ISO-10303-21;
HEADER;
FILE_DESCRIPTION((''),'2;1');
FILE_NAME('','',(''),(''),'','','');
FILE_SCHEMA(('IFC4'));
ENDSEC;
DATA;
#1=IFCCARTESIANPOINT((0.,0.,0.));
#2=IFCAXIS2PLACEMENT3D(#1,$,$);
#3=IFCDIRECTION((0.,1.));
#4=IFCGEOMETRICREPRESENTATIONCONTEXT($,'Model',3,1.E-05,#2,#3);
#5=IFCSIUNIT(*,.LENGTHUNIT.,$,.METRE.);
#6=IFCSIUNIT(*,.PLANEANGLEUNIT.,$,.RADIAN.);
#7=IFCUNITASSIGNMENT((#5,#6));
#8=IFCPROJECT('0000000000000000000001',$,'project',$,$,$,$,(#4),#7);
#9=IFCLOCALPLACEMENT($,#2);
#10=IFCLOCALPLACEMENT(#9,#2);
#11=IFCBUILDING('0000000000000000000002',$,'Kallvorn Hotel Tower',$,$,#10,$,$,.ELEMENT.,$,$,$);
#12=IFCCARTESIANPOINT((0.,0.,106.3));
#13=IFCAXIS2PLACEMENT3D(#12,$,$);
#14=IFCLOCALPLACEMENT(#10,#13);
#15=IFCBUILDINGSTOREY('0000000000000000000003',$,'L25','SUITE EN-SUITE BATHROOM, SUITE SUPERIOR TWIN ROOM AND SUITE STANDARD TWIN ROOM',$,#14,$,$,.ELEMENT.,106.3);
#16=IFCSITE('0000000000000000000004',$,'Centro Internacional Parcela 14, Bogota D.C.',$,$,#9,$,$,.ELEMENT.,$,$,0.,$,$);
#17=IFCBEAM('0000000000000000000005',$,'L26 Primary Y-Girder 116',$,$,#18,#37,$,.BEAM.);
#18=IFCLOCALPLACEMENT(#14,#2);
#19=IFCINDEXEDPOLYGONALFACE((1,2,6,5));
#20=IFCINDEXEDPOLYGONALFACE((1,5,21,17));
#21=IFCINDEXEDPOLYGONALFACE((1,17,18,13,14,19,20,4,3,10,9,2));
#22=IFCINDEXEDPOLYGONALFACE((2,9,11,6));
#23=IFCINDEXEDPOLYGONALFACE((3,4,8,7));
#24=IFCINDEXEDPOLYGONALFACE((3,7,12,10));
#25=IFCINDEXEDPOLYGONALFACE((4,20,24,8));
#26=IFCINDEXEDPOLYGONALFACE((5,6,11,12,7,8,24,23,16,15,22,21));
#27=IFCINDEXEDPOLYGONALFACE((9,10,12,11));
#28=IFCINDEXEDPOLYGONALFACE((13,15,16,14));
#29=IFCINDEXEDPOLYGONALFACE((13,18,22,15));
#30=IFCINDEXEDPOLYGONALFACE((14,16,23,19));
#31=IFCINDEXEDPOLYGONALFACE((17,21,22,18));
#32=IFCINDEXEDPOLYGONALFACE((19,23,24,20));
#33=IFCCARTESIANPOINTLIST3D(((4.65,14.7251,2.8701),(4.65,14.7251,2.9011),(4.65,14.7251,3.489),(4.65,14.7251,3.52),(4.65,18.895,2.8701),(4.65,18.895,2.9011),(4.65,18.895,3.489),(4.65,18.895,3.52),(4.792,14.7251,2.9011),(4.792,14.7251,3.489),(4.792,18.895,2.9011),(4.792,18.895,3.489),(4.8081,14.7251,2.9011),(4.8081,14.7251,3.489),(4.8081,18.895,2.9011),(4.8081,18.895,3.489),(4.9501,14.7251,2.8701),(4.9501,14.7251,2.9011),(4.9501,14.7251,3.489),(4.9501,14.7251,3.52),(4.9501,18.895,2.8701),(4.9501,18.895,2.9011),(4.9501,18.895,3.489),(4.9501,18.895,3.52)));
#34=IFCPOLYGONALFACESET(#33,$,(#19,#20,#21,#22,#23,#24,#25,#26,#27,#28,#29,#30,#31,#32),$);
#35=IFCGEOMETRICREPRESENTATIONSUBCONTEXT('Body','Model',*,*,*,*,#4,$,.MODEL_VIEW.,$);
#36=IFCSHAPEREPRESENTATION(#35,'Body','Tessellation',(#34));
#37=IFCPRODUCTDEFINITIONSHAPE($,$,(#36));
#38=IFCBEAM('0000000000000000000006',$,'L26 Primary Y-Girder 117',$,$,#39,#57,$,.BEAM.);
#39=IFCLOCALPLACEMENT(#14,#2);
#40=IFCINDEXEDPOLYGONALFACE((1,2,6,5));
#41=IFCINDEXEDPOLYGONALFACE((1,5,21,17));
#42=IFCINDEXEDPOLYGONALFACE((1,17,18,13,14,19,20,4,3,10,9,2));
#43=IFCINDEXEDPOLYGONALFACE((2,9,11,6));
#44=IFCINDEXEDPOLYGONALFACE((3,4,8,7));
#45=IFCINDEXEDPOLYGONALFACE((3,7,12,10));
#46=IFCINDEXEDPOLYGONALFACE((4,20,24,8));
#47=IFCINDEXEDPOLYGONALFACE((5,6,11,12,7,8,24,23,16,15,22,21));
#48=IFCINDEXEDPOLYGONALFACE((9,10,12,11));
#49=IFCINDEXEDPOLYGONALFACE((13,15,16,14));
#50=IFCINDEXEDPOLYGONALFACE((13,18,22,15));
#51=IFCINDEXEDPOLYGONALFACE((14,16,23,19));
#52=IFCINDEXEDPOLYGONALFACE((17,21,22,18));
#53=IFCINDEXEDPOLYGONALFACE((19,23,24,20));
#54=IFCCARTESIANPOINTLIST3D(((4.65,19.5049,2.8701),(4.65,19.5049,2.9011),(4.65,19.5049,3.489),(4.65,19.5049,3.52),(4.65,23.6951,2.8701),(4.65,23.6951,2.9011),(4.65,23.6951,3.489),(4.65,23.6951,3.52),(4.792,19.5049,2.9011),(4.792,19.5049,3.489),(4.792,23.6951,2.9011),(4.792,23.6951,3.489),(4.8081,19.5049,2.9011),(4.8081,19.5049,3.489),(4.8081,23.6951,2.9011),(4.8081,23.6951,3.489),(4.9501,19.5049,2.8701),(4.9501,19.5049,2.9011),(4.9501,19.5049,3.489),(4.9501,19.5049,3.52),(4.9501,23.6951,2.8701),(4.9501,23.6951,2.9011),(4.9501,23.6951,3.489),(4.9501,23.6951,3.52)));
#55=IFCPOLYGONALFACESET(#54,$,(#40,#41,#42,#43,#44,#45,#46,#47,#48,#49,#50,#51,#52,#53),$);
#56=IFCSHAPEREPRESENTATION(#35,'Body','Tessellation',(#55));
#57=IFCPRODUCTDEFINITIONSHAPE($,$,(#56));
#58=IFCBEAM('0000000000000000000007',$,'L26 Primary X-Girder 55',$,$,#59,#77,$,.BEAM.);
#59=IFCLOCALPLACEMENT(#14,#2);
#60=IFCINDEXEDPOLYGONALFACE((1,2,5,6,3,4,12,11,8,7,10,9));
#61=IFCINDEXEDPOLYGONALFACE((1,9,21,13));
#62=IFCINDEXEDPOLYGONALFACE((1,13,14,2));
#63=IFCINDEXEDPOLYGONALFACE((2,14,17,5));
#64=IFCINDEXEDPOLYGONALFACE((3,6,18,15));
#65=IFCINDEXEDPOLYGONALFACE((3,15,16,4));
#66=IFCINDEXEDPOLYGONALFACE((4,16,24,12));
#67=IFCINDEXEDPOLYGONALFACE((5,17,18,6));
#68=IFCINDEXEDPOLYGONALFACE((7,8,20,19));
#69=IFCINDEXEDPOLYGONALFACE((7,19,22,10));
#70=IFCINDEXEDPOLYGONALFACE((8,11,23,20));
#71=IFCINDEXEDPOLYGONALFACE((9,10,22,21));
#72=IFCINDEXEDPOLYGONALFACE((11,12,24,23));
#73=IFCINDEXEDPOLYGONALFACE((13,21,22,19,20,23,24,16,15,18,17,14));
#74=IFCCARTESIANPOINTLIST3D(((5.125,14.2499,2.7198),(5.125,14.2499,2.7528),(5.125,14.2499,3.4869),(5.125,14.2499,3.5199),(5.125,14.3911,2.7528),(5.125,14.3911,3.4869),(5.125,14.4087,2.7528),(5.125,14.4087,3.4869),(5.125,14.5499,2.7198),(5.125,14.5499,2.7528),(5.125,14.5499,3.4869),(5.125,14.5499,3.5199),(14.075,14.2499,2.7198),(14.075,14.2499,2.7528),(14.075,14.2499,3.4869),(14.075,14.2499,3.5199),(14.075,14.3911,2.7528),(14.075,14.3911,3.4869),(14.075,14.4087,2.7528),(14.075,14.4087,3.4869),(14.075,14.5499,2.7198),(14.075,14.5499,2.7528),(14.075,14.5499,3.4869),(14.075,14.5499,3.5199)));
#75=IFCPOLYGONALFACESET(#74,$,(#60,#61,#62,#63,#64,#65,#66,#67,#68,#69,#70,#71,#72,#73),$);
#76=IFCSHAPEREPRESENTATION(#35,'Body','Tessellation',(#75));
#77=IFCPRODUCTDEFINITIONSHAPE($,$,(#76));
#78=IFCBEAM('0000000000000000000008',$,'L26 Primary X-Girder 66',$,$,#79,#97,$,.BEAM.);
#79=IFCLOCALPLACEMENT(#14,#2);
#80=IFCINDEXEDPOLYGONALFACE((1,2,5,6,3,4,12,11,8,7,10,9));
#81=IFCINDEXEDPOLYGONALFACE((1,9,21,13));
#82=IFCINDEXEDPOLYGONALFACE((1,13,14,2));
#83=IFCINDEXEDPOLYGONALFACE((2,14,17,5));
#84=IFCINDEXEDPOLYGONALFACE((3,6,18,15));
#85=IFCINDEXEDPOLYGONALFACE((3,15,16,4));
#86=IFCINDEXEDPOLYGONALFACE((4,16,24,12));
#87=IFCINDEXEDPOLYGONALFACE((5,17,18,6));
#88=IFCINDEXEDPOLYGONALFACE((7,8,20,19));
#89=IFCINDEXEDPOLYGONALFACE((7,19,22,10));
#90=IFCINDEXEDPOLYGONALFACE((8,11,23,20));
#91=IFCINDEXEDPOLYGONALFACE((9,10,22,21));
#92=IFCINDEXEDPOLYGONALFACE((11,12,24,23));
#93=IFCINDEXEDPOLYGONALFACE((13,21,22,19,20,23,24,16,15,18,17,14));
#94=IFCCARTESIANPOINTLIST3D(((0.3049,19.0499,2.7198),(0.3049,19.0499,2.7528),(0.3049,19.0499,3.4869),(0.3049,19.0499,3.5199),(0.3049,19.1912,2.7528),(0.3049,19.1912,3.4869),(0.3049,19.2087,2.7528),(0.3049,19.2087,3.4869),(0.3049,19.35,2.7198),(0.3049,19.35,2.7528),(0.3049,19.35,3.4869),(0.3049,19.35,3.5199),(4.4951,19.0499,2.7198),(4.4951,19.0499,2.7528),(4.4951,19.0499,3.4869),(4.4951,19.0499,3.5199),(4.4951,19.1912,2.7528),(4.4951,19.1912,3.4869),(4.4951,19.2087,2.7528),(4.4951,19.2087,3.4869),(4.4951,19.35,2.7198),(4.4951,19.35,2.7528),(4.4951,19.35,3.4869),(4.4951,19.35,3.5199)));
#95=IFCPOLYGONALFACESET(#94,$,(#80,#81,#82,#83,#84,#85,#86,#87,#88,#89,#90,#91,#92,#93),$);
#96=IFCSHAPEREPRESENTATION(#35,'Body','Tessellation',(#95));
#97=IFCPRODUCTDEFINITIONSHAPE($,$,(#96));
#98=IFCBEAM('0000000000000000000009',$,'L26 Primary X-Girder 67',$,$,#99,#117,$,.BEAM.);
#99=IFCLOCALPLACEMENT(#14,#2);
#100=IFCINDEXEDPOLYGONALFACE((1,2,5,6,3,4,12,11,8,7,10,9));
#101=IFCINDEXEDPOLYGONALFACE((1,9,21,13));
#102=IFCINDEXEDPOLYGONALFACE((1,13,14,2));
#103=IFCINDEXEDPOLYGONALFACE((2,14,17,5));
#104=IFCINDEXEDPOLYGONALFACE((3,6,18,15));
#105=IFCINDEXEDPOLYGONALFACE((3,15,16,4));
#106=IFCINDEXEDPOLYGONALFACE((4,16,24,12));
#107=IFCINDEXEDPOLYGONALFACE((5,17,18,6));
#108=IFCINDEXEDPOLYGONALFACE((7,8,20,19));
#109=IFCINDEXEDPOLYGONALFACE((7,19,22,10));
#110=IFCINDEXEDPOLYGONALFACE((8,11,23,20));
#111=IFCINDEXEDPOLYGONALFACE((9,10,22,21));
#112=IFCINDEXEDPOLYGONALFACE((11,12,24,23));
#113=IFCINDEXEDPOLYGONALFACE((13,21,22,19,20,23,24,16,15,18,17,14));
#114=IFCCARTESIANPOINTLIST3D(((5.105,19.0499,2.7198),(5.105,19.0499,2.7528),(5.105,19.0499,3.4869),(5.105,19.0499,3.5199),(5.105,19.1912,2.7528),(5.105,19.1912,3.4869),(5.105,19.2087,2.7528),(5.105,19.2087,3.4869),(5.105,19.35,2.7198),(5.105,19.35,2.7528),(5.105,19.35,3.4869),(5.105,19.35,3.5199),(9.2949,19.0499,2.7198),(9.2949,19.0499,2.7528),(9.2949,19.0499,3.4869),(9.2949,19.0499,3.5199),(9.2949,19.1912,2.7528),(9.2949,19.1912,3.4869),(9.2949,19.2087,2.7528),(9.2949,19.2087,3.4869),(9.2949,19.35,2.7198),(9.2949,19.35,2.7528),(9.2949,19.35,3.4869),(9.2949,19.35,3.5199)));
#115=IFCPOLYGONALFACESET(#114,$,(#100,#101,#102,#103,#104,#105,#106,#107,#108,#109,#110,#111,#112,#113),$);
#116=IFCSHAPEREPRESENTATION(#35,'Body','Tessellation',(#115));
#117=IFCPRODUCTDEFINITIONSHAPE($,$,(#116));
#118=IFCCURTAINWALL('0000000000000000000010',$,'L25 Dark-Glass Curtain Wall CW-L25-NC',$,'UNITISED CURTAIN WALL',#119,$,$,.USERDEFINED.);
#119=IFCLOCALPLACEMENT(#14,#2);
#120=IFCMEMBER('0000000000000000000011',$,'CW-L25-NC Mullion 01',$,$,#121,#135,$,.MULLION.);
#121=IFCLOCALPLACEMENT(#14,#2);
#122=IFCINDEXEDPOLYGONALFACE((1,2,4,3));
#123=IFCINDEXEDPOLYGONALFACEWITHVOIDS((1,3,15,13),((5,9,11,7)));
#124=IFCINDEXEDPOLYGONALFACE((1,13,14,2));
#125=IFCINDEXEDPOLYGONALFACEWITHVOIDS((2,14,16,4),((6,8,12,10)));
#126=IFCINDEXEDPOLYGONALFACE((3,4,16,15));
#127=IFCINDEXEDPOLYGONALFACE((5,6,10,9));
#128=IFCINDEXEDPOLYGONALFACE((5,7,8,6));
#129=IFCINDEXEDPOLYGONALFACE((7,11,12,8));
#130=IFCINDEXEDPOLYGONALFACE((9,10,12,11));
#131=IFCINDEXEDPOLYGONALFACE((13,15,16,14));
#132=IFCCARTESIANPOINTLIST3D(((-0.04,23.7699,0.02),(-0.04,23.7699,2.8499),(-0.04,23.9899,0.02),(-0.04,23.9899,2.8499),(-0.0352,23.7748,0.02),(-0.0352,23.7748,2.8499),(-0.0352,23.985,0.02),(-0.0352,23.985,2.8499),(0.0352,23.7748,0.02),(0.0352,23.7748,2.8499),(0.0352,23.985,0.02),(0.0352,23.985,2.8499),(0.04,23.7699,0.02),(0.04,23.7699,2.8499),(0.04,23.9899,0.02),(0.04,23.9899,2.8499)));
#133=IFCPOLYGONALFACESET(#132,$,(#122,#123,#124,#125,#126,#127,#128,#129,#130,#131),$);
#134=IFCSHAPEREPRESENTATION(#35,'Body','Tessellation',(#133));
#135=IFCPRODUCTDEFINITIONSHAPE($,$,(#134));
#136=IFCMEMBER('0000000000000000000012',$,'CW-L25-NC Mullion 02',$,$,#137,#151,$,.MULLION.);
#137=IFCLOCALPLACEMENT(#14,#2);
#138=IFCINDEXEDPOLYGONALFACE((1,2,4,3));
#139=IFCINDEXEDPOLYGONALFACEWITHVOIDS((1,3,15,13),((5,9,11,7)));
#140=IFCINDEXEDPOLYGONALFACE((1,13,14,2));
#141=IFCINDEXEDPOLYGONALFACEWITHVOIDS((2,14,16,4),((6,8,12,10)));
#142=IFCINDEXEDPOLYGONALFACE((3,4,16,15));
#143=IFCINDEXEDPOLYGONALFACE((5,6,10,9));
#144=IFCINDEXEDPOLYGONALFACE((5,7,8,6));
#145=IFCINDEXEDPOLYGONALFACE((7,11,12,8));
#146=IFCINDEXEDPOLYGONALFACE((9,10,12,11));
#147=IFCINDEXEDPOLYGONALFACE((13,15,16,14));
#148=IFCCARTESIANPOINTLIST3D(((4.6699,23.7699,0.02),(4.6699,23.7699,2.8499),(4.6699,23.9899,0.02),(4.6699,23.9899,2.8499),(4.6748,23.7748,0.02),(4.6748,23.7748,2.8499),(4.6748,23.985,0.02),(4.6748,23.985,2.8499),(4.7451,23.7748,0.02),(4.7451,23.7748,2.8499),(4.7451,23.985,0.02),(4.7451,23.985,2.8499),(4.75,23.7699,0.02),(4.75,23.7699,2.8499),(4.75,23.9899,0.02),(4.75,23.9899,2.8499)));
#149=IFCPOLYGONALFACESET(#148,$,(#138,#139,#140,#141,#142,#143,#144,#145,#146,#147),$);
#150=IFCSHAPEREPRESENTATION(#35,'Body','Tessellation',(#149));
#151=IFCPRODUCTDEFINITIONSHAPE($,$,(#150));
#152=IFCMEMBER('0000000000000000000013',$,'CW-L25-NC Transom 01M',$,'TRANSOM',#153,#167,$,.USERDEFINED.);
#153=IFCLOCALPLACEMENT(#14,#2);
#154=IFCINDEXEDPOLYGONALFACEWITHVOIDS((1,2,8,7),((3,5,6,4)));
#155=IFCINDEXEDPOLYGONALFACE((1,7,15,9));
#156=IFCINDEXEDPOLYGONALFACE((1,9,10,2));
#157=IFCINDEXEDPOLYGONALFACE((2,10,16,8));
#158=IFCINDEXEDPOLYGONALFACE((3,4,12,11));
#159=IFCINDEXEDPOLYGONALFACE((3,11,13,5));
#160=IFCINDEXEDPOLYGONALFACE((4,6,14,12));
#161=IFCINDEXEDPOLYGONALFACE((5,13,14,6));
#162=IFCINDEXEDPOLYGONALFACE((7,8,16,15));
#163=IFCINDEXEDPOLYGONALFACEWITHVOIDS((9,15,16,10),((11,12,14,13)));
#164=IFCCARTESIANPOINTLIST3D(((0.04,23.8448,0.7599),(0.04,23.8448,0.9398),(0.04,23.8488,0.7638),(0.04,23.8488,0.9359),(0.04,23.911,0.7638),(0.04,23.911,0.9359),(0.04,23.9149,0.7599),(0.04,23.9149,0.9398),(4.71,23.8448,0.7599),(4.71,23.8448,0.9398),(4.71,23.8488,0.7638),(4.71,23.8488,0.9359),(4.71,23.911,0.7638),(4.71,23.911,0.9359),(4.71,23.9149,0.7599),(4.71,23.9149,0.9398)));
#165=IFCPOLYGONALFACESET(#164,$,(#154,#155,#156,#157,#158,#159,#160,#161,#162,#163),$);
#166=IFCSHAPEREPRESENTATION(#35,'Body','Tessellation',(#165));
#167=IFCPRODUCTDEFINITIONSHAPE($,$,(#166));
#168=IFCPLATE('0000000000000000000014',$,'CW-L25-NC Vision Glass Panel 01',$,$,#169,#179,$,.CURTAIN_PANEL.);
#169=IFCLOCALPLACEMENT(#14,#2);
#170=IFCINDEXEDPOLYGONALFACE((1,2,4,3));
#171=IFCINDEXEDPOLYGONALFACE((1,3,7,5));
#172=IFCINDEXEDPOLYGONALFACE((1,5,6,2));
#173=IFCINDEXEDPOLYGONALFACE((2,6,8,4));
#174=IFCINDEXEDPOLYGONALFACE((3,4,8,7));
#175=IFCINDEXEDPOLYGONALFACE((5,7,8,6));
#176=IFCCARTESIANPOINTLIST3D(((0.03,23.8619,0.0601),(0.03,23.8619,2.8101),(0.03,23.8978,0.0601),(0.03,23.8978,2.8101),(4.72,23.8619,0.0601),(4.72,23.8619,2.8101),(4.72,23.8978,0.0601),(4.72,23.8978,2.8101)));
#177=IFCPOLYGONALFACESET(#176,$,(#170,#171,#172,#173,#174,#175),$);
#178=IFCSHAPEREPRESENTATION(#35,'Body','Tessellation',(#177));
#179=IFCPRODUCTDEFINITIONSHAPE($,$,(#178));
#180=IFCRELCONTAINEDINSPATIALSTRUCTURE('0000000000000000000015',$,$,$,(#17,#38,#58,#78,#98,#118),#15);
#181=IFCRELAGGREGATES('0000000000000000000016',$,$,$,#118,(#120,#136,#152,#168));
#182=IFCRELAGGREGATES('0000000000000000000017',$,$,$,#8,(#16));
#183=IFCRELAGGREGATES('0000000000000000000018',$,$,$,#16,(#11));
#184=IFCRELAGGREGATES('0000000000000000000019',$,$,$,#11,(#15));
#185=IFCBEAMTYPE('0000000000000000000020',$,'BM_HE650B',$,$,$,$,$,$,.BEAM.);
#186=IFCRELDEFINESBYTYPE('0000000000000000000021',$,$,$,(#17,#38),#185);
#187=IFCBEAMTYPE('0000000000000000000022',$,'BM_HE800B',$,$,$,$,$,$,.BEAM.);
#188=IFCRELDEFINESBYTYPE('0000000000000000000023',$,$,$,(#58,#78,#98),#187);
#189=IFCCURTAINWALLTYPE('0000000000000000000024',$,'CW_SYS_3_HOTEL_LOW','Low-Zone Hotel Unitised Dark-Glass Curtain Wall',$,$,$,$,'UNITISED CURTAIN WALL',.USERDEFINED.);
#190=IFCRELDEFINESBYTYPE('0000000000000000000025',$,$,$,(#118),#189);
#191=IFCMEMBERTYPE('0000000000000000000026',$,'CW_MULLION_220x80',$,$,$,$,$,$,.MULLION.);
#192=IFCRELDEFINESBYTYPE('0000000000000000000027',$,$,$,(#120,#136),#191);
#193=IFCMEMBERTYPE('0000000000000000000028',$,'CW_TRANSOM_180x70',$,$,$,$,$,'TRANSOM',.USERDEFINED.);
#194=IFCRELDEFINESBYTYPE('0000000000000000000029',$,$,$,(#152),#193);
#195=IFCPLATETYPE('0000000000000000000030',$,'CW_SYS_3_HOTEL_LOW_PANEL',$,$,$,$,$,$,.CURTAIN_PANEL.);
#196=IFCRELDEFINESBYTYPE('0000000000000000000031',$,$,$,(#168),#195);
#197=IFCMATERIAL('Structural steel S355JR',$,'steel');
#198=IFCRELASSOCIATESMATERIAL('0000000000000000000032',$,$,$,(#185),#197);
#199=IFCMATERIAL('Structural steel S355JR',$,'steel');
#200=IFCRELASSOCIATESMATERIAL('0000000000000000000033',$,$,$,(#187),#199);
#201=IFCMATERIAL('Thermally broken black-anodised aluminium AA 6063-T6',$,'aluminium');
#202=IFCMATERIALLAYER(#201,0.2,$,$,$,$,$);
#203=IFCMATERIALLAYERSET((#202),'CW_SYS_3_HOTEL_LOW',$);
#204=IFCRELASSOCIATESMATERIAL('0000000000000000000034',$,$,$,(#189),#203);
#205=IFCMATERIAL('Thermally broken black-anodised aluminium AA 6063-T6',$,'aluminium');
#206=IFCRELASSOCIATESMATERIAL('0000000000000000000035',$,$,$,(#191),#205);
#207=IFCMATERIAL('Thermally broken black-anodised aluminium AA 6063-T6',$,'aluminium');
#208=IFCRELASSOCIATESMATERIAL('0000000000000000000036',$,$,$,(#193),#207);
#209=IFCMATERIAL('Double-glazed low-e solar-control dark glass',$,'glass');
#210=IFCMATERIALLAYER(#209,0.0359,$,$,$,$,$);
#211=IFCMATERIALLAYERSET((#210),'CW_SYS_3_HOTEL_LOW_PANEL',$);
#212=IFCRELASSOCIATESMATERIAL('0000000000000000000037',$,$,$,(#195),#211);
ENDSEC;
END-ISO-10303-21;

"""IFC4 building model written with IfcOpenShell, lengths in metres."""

from ifc_helpers import new_model, si_unit, direction, frame, origin, origin_2d, place, context, subcontext, project, spatial, rectangle, hollow_rectangle, i_section, extrude, material, layer, layer_set, material_profile, profile_set, type_object, element, aggregate, save


model = new_model("IFC4")

# Units and contexts
model_context = context("Model", 3, precision=1e-05, world=origin(), true_north=direction((0.0, 1.0)))
body_context = subcontext(model_context, "Body", "Model", "MODEL_VIEW")
ifc_project = project(units=[si_unit("LENGTHUNIT", "METRE"), si_unit("PLANEANGLEUNIT", "RADIAN")], contexts=[model_context])

# Site, building, storey
site_placement = place(None, origin())
site = spatial("IfcSite", under=ifc_project, at=site_placement, Name="Centro Internacional Parcela 14, Bogota D.C.", CompositionType="ELEMENT", RefElevation=0.0)
building_placement = place(site_placement, origin())
building = spatial("IfcBuilding", under=site, at=building_placement, Name="Kallvorn Hotel Tower", CompositionType="ELEMENT")
storey_placement = place(building_placement, frame((0.0, 0.0, 106.3)))
storey = spatial("IfcBuildingStorey", under=building, at=storey_placement, Name="L25", Description="SUITE EN-SUITE BATHROOM, SUITE SUPERIOR TWIN ROOM AND SUITE STANDARD TWIN ROOM", CompositionType="ELEMENT", Elevation=106.3)

# Beams
ifc_material_1 = material(Name="Structural steel S355JR", Category="steel")
ifc_material_profile_1 = material_profile(ifc_material_1, i_section(OverallWidth=0.3, OverallDepth=0.6499, WebThickness=0.0161, FlangeThickness=0.031, at=origin_2d()), Name="HE 650 B")
ifc_profile_set_1 = profile_set([ifc_material_profile_1], Name="Structural steel S355JR")
beam_type_1 = type_object("IfcBeamType", Name="BM_HE650B", PredefinedType="BEAM", material=ifc_profile_set_1)
beam_1_placement = place(storey_placement, frame((4.8, 14.7251, 3.1951), z_axis=(0.0, 1.0, 0.0), x_axis=(-1.0, 0.0, 0.0)))
element("IfcBeam", 1, at=beam_1_placement, inside=storey, type_object=beam_type_1, Name="L26 Primary Y-Girder 116", PredefinedType="BEAM", context=body_context, shape_type="SweptSolid", body=[
    extrude(i_section(OverallWidth=0.3, OverallDepth=0.6499, WebThickness=0.0161, FlangeThickness=0.031, at=origin_2d()), origin(), (0.0, 0.0, 1.0), 4.1699),
])
beam_2_placement = place(storey_placement, frame((4.8, 19.5049, 3.1951), z_axis=(0.0, 1.0, 0.0), x_axis=(-1.0, 0.0, 0.0)))
element("IfcBeam", 2, at=beam_2_placement, inside=storey, type_object=beam_type_1, Name="L26 Primary Y-Girder 117", PredefinedType="BEAM", context=body_context, shape_type="SweptSolid", body=[
    extrude(i_section(OverallWidth=0.3, OverallDepth=0.6499, WebThickness=0.0161, FlangeThickness=0.031, at=origin_2d()), origin(), (0.0, 0.0, 1.0), 4.1902),
])
ifc_material_2 = material(Name="Structural steel S355JR", Category="steel")
ifc_material_profile_2 = material_profile(ifc_material_2, i_section(OverallWidth=0.3, OverallDepth=0.8, WebThickness=0.0176, FlangeThickness=0.033, at=origin_2d()), Name="HE 800 B")
ifc_profile_set_2 = profile_set([ifc_material_profile_2], Name="Structural steel S355JR")
beam_type_2 = type_object("IfcBeamType", Name="BM_HE800B", PredefinedType="BEAM", material=ifc_profile_set_2)
beam_3_placement = place(storey_placement, frame((5.125, 14.3999, 3.1199), z_axis=(1.0, 0.0, 0.0), x_axis=(0.0, 1.0, 0.0)))
element("IfcBeam", 3, at=beam_3_placement, inside=storey, type_object=beam_type_2, Name="L26 Primary X-Girder 55", PredefinedType="BEAM", context=body_context, shape_type="SweptSolid", body=[
    extrude(i_section(OverallWidth=0.3, OverallDepth=0.8, WebThickness=0.0176, FlangeThickness=0.033, at=origin_2d()), origin(), (0.0, 0.0, 1.0), 8.95),
])
beam_4_placement = place(storey_placement, frame((0.3049, 19.2, 3.1199), z_axis=(1.0, 0.0, 0.0), x_axis=(0.0, 1.0, 0.0)))
element("IfcBeam", 4, at=beam_4_placement, inside=storey, type_object=beam_type_2, Name="L26 Primary X-Girder 66", PredefinedType="BEAM", context=body_context, shape_type="SweptSolid", body=[
    extrude(i_section(OverallWidth=0.3, OverallDepth=0.8, WebThickness=0.0176, FlangeThickness=0.033, at=origin_2d()), origin(), (0.0, 0.0, 1.0), 4.1902),
])
beam_5_placement = place(storey_placement, frame((5.105, 19.2, 3.1199), z_axis=(1.0, 0.0, 0.0), x_axis=(0.0, 1.0, 0.0)))
element("IfcBeam", 5, at=beam_5_placement, inside=storey, type_object=beam_type_2, Name="L26 Primary X-Girder 67", PredefinedType="BEAM", context=body_context, shape_type="SweptSolid", body=[
    extrude(i_section(OverallWidth=0.3, OverallDepth=0.8, WebThickness=0.0176, FlangeThickness=0.033, at=origin_2d()), origin(), (0.0, 0.0, 1.0), 4.1899),
])

# Curtain wall, members, plate
ifc_material_3 = material(Name="Thermally broken black-anodised aluminium AA 6063-T6", Category="aluminium")
ifc_layer_1 = layer(ifc_material_3, 0.2)
ifc_layer_set_1 = layer_set([ifc_layer_1], Name="CW_SYS_3_HOTEL_LOW")
curtain_wall_type = type_object("IfcCurtainWallType", Name="CW_SYS_3_HOTEL_LOW", Description="Low-Zone Hotel Unitised Dark-Glass Curtain Wall", ElementType="UNITISED CURTAIN WALL", PredefinedType="USERDEFINED", material=ifc_layer_set_1)
curtain_wall_placement = place(storey_placement, origin())
curtain_wall = element("IfcCurtainWall", 6, at=curtain_wall_placement, inside=storey, type_object=curtain_wall_type, Name="L25 Dark-Glass Curtain Wall CW-L25-NC", ObjectType="UNITISED CURTAIN WALL", PredefinedType="USERDEFINED")
ifc_material_4 = material(Name="Thermally broken black-anodised aluminium AA 6063-T6", Category="aluminium")
ifc_material_profile_3 = material_profile(ifc_material_4, hollow_rectangle(XDim=0.0801, YDim=0.22, WallThickness=0.0049, at=origin_2d()), Name="MUL 220x80")
ifc_profile_set_3 = profile_set([ifc_material_profile_3], Name="Thermally broken black-anodised aluminium AA 6063-T6")
member_type_1 = type_object("IfcMemberType", Name="CW_MULLION_220x80", PredefinedType="MULLION", material=ifc_profile_set_3)
member_1_placement = place(storey_placement, frame((0.0, 23.8799, 0.02), z_axis=(0.0, 0.0, 1.0), x_axis=(1.0, 0.0, 0.0)))
member_1 = element("IfcMember", 7, at=member_1_placement, type_object=member_type_1, Name="CW-L25-NC Mullion 01", PredefinedType="MULLION", context=body_context, shape_type="SweptSolid", body=[
    extrude(hollow_rectangle(XDim=0.0801, YDim=0.22, WallThickness=0.0049, at=origin_2d()), origin(), (0.0, 0.0, 1.0), 2.8298),
])
member_2_placement = place(storey_placement, frame((4.71, 23.8799, 0.02), z_axis=(0.0, 0.0, 1.0), x_axis=(1.0, 0.0, 0.0)))
member_2 = element("IfcMember", 8, at=member_2_placement, type_object=member_type_1, Name="CW-L25-NC Mullion 02", PredefinedType="MULLION", context=body_context, shape_type="SweptSolid", body=[
    extrude(hollow_rectangle(XDim=0.0801, YDim=0.22, WallThickness=0.0049, at=origin_2d()), origin(), (0.0, 0.0, 1.0), 2.8298),
])
ifc_material_5 = material(Name="Thermally broken black-anodised aluminium AA 6063-T6", Category="aluminium")
ifc_material_profile_4 = material_profile(ifc_material_5, hollow_rectangle(XDim=0.0701, YDim=0.1799, WallThickness=0.0039, at=origin_2d()), Name="TRN 180x70")
ifc_profile_set_4 = profile_set([ifc_material_profile_4], Name="Thermally broken black-anodised aluminium AA 6063-T6")
member_type_2 = type_object("IfcMemberType", Name="CW_TRANSOM_180x70", ElementType="TRANSOM", PredefinedType="USERDEFINED", material=ifc_profile_set_4)
member_3_placement = place(storey_placement, frame((0.04, 23.8799, 0.8499), z_axis=(1.0, 0.0, 0.0), x_axis=(0.0, 1.0, 0.0)))
member_3 = element("IfcMember", 9, at=member_3_placement, type_object=member_type_2, Name="CW-L25-NC Transom 01M", ObjectType="TRANSOM", PredefinedType="USERDEFINED", context=body_context, shape_type="SweptSolid", body=[
    extrude(hollow_rectangle(XDim=0.0701, YDim=0.1799, WallThickness=0.0039, at=origin_2d()), origin(), (0.0, 0.0, 1.0), 4.6699),
])
ifc_material_6 = material(Name="Double-glazed low-e solar-control dark glass", Category="glass")
ifc_layer_2 = layer(ifc_material_6, 0.0359)
ifc_layer_set_2 = layer_set([ifc_layer_2], Name="CW_SYS_3_HOTEL_LOW_PANEL")
plate_type = type_object("IfcPlateType", Name="CW_SYS_3_HOTEL_LOW_PANEL", PredefinedType="CURTAIN_PANEL", material=ifc_layer_set_2)
plate_placement = place(storey_placement, frame((2.375, 23.8799, 0.0601), z_axis=(0.0, 0.0, 1.0), x_axis=(1.0, 0.0, 0.0)))
plate = element("IfcPlate", 10, at=plate_placement, type_object=plate_type, Name="CW-L25-NC Vision Glass Panel 01", PredefinedType="CURTAIN_PANEL", context=body_context, shape_type="SweptSolid", body=[
    extrude(rectangle(XDim=4.6899, YDim=0.0359, at=origin_2d()), origin(), (0.0, 0.0, 1.0), 2.75),
])
aggregate(curtain_wall, [member_1, member_2, member_3, plate])

save(model, "model.ifc")
